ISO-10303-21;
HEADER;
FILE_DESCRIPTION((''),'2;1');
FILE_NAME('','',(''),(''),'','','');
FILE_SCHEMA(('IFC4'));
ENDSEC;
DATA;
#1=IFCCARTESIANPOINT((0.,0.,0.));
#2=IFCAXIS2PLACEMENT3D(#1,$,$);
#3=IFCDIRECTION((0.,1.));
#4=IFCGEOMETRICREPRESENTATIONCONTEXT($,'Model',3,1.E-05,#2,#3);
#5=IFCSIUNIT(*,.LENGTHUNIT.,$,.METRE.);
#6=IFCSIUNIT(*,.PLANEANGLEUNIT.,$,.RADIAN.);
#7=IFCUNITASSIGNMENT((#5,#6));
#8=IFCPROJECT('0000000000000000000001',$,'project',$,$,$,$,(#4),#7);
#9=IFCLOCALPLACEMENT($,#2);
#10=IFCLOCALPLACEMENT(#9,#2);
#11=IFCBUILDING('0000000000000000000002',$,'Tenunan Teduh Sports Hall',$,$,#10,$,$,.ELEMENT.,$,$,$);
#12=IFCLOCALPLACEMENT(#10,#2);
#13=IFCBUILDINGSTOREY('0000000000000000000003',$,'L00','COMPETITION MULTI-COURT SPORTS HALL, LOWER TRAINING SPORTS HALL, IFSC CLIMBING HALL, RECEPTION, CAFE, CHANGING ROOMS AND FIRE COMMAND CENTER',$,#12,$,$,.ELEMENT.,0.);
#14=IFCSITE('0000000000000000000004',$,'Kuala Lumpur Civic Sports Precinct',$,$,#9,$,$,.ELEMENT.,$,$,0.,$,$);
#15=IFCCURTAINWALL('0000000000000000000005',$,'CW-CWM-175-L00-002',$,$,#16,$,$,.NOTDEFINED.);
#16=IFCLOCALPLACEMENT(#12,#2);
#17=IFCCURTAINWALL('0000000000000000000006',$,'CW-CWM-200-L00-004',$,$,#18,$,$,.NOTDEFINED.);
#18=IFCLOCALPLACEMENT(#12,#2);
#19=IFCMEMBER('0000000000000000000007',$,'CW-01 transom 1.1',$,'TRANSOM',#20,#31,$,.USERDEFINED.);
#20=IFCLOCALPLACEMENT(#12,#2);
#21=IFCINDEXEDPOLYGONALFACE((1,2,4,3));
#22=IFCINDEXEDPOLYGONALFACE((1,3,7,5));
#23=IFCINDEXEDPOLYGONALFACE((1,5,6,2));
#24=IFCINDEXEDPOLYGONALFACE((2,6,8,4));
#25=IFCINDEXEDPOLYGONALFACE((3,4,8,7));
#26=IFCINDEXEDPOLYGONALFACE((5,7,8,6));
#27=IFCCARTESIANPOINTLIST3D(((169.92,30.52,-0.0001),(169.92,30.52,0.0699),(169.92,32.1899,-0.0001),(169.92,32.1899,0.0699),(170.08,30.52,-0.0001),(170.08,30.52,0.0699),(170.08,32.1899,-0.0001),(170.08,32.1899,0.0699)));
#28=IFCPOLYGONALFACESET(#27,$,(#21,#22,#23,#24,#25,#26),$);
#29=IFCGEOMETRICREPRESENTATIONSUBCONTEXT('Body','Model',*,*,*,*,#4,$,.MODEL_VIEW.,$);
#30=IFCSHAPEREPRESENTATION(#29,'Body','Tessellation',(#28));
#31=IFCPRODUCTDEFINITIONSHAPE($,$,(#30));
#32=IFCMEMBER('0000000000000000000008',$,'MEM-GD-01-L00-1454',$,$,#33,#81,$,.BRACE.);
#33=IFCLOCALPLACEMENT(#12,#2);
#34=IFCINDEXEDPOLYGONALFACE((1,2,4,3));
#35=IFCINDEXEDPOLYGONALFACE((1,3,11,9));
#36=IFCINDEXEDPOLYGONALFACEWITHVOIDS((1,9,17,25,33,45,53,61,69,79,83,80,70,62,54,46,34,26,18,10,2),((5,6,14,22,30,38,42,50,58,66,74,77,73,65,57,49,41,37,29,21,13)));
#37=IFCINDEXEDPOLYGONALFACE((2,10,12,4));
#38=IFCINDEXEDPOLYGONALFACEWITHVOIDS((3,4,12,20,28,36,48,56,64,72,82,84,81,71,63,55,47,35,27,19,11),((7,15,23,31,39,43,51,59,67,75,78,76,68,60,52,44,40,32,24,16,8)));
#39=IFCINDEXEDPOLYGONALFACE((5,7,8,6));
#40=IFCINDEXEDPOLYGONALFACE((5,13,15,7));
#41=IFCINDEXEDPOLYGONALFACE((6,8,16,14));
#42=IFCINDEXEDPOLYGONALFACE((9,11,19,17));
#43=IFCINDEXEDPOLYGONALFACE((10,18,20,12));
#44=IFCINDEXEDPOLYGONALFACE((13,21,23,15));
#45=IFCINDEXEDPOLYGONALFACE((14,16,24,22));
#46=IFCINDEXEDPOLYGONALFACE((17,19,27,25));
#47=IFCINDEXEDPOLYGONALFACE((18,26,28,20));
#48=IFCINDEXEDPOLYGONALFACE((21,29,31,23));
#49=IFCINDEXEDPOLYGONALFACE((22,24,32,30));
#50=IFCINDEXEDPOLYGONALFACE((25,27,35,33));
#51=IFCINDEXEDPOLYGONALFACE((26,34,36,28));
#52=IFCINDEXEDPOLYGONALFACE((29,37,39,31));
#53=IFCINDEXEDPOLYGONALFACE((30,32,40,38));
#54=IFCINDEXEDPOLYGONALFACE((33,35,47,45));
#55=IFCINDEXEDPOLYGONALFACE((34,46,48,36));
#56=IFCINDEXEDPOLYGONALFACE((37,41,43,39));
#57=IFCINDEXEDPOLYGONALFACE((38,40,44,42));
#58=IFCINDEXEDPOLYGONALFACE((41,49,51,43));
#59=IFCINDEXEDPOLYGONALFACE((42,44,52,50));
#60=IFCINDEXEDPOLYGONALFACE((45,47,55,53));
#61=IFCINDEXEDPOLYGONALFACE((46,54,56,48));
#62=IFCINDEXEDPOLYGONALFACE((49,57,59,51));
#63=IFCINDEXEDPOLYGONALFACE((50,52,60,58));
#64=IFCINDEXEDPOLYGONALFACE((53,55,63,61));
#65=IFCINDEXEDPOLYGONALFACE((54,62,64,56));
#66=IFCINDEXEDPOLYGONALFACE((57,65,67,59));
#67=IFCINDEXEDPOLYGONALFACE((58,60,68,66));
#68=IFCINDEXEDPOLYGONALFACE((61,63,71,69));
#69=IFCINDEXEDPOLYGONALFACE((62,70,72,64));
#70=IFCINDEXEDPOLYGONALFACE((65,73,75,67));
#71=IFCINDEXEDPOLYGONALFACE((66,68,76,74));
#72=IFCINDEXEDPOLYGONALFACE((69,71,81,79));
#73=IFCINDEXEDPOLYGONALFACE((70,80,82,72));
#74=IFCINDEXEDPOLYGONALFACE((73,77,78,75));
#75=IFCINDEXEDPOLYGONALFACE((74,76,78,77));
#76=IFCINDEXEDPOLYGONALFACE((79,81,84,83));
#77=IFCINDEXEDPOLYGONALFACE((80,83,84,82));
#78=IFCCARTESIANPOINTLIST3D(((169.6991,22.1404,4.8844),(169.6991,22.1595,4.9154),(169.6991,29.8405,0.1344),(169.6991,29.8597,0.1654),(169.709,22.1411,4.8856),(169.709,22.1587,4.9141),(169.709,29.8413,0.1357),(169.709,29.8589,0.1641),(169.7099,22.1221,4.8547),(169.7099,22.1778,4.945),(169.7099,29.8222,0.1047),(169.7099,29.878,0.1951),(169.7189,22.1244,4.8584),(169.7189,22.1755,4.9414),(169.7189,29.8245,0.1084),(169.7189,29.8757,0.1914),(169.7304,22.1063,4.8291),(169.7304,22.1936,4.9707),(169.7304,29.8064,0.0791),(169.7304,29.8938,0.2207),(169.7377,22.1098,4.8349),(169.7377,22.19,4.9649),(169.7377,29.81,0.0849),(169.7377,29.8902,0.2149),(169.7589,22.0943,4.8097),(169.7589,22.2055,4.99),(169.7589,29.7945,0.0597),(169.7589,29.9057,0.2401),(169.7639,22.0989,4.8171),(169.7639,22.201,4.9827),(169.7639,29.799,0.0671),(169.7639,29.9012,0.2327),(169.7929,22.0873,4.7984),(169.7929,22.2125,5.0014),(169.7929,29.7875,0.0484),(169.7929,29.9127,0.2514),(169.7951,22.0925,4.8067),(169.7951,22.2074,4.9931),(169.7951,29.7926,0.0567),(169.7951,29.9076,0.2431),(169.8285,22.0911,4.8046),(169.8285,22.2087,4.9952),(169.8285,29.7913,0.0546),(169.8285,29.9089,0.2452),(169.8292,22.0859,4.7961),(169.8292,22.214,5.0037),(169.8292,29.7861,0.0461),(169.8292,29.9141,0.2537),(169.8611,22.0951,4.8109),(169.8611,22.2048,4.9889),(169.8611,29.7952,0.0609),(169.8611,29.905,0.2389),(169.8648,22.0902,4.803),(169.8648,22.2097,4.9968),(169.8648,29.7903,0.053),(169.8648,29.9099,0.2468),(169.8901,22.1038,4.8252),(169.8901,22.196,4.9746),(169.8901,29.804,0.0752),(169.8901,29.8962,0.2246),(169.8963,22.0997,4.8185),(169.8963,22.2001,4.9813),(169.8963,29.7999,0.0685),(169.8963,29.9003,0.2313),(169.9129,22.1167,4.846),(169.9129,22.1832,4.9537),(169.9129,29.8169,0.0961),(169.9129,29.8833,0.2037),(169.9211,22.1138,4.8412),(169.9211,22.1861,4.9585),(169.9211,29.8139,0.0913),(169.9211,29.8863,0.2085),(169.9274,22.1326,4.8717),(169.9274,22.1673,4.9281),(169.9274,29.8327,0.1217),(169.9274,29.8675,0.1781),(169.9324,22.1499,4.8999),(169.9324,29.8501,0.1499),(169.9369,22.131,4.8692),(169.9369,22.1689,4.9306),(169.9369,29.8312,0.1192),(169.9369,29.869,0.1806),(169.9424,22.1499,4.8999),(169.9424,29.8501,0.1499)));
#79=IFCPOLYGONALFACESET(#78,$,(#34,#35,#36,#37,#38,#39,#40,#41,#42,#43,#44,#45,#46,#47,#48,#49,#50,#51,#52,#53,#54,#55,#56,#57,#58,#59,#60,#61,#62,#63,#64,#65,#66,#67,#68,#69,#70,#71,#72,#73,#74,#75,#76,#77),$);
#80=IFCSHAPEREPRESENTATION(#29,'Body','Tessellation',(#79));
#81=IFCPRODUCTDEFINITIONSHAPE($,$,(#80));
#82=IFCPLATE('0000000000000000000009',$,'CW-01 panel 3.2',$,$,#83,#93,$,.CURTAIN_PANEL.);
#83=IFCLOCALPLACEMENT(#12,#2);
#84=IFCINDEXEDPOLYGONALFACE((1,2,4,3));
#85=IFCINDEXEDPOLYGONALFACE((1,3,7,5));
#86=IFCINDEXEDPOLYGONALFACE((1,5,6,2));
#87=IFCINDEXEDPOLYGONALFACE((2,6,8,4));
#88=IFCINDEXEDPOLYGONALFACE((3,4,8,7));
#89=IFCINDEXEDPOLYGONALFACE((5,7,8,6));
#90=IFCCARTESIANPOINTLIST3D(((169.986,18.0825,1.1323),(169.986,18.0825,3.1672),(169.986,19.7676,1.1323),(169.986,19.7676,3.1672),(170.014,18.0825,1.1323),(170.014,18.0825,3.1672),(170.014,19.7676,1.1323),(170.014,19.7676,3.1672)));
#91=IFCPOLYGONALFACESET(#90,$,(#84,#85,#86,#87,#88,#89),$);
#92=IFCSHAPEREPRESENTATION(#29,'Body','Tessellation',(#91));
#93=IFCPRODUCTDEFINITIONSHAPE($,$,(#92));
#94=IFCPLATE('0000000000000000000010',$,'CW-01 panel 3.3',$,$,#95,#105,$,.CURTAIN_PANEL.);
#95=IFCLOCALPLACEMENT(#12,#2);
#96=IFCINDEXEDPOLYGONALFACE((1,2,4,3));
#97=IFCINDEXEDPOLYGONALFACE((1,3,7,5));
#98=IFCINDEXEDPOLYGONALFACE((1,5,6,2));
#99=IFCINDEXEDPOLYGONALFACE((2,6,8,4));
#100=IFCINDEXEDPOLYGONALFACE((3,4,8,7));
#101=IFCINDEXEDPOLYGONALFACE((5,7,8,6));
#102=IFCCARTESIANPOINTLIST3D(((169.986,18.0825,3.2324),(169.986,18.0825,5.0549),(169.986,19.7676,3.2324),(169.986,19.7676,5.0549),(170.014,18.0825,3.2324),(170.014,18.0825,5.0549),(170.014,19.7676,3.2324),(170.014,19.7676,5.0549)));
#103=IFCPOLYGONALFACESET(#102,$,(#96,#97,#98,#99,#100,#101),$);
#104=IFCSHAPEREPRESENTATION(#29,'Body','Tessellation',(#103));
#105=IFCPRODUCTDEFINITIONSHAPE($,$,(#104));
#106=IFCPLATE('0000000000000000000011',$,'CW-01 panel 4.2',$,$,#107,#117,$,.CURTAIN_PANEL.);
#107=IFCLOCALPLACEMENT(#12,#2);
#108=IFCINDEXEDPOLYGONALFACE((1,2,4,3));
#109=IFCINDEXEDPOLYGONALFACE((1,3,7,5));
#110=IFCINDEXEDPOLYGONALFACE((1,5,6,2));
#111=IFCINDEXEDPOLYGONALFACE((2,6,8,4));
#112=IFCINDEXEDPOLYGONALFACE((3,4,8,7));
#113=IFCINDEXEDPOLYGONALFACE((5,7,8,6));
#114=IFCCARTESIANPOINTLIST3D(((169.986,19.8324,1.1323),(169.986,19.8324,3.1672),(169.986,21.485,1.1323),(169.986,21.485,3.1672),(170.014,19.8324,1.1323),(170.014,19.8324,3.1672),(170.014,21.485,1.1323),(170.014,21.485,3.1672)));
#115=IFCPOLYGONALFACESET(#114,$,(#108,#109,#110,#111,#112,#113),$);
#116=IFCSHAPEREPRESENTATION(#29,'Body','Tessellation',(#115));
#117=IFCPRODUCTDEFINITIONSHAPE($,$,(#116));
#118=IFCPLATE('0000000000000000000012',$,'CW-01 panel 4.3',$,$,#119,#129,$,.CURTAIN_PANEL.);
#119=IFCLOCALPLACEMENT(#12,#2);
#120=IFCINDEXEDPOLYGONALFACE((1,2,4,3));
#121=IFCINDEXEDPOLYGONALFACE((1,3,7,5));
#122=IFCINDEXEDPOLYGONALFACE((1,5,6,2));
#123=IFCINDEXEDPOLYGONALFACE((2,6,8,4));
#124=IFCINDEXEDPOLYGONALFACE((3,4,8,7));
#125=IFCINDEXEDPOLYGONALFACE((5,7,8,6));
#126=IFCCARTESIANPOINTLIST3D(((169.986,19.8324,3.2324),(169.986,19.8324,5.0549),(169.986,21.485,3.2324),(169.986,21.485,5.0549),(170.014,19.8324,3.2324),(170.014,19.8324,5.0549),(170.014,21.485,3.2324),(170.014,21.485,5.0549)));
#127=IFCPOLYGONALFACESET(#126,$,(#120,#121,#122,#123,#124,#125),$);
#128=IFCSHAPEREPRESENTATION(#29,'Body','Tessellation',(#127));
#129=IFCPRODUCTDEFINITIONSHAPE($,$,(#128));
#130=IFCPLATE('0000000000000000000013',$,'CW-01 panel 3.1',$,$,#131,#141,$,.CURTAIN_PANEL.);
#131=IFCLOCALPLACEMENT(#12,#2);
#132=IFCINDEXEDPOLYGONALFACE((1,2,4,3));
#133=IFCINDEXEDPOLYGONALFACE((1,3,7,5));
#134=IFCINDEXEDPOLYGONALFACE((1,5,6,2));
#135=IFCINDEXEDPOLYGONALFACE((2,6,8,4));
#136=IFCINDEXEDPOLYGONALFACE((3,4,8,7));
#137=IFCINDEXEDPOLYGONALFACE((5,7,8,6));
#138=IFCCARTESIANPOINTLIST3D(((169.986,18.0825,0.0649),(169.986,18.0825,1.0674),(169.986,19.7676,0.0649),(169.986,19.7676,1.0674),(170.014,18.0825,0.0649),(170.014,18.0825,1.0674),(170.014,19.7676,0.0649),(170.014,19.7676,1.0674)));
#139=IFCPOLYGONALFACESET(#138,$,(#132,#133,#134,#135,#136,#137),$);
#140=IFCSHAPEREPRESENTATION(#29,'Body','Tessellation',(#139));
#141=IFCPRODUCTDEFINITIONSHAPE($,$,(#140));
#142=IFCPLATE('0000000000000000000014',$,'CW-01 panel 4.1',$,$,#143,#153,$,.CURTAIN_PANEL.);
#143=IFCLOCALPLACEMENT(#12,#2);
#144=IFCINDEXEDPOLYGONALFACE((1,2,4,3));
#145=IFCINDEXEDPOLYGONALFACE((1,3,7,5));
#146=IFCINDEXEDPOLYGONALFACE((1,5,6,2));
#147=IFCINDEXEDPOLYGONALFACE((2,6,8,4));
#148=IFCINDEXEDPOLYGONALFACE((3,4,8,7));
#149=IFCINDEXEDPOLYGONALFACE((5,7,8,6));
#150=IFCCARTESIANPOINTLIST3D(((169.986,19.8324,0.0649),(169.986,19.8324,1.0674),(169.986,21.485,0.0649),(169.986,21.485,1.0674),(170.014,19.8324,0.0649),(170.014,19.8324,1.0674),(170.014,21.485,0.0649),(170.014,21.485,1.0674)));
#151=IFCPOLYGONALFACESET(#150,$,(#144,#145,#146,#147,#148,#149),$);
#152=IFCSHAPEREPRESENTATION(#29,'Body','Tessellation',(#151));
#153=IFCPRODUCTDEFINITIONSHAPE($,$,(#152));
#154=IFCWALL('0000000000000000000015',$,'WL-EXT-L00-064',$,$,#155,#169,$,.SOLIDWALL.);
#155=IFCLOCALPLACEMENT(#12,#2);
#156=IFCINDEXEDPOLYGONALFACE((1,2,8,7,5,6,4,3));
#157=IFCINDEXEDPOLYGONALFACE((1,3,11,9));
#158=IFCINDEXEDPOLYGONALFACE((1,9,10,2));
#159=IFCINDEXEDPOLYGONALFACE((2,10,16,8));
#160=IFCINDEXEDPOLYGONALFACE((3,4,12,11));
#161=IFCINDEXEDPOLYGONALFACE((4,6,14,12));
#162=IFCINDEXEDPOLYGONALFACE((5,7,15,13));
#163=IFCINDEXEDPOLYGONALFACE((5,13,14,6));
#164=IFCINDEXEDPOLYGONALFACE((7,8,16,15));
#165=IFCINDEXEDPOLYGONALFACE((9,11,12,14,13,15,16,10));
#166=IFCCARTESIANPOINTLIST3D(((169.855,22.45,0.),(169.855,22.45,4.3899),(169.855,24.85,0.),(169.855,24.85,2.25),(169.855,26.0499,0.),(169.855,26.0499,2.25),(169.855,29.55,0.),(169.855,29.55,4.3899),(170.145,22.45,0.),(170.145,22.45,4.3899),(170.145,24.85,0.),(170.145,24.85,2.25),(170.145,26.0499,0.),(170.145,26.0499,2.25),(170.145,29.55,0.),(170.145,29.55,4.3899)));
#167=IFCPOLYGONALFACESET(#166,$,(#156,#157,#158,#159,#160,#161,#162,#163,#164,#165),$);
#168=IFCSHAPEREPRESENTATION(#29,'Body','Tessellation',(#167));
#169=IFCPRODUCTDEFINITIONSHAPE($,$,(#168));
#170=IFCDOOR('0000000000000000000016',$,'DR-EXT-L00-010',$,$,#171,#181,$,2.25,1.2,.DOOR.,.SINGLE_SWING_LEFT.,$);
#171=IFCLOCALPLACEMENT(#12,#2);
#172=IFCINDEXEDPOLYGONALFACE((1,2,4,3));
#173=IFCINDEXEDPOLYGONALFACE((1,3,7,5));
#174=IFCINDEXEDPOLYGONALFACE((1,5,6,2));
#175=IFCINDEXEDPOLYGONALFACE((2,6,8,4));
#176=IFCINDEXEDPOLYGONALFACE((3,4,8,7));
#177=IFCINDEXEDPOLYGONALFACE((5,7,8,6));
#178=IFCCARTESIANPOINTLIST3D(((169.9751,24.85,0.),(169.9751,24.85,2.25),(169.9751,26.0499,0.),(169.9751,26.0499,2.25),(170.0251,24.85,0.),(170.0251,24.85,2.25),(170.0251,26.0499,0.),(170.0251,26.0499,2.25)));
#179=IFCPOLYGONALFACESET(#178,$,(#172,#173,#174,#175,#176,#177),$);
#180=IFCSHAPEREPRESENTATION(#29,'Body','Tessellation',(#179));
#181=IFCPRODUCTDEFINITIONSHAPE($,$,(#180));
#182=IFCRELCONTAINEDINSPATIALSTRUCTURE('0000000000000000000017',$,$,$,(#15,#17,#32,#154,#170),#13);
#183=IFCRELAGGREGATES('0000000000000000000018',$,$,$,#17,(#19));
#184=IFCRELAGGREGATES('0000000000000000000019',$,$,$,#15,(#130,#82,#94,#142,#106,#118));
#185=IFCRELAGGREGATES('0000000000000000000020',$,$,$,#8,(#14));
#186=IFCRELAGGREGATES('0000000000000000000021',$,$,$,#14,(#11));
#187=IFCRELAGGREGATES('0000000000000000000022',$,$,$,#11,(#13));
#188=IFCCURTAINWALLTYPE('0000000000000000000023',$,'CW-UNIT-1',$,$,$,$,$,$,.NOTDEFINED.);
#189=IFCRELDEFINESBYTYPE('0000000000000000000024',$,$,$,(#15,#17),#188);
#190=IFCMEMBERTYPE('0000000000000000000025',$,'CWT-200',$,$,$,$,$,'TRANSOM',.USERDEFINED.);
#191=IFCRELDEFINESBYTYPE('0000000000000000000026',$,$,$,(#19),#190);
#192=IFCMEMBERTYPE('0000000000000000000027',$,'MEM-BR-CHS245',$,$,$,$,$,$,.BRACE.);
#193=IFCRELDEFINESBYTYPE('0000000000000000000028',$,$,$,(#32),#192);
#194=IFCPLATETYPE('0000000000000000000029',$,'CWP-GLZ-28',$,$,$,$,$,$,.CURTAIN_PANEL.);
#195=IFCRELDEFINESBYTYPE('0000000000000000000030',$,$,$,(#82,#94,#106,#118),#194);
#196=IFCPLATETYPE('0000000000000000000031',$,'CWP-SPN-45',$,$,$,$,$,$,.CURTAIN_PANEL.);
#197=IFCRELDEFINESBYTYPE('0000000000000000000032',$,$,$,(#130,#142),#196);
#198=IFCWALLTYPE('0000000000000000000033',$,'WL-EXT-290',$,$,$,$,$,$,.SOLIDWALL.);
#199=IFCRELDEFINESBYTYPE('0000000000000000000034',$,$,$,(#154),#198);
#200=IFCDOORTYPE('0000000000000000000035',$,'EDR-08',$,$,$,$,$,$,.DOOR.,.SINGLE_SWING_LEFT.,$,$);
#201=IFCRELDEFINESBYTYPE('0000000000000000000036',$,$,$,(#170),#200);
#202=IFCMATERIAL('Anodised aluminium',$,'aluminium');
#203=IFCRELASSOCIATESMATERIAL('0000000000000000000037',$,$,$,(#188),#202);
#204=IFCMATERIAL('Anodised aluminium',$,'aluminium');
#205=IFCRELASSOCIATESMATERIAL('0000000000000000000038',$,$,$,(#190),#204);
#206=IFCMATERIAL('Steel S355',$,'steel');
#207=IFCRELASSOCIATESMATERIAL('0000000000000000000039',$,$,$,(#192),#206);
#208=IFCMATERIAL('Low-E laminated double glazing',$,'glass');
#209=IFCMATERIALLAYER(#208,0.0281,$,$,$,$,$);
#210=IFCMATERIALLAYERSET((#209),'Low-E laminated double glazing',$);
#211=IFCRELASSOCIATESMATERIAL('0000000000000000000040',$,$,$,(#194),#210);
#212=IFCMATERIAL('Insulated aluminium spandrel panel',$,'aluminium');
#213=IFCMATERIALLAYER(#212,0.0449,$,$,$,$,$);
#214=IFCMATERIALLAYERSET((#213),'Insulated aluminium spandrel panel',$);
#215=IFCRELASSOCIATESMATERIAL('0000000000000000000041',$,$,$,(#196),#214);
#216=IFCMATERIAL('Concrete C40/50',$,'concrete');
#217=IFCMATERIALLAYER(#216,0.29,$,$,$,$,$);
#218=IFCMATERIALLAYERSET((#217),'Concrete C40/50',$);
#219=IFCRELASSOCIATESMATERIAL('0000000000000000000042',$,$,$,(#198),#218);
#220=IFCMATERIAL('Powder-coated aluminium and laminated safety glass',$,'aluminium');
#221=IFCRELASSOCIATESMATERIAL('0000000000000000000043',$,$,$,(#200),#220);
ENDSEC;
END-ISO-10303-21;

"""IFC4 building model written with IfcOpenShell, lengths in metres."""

from ifc_helpers import new_model, si_unit, direction, frame, frame_2d, origin, origin_2d, place, context, subcontext, project, spatial, rectangle, hollow_circle, extrude, material, layer, layer_set, material_profile, profile_set, type_object, element, fill, aggregate, save


model = new_model("IFC4")

# Units and contexts
model_context = context("Model", 3, precision=1e-05, world=origin(), true_north=direction((0.0, 1.0)))
body_context = subcontext(model_context, "Body", "Model", "MODEL_VIEW")
ifc_project = project(units=[si_unit("LENGTHUNIT", "METRE"), si_unit("PLANEANGLEUNIT", "RADIAN")], contexts=[model_context])

# Site, building, storey
site_placement = place(None, origin())
site = spatial("IfcSite", under=ifc_project, at=site_placement, Name="Kuala Lumpur Civic Sports Precinct", CompositionType="ELEMENT", RefElevation=0.0)
building_placement = place(site_placement, origin())
building = spatial("IfcBuilding", under=site, at=building_placement, Name="Tenunan Teduh Sports Hall", CompositionType="ELEMENT")
storey_placement = place(building_placement, origin())
storey = spatial("IfcBuildingStorey", under=building, at=storey_placement, Name="L00", Description="COMPETITION MULTI-COURT SPORTS HALL, LOWER TRAINING SPORTS HALL, IFSC CLIMBING HALL, RECEPTION, CAFE, CHANGING ROOMS AND FIRE COMMAND CENTER", CompositionType="ELEMENT", Elevation=0.0)

# Curtain wall
ifc_material_1 = material(Name="Anodised aluminium", Category="aluminium")
curtain_wall_type = type_object("IfcCurtainWallType", Name="CW-UNIT-1", PredefinedType="NOTDEFINED", material=ifc_material_1)
curtain_wall_1_placement = place(storey_placement, origin())
curtain_wall_1 = element("IfcCurtainWall", 1, at=curtain_wall_1_placement, inside=storey, type_object=curtain_wall_type, Name="CW-CWM-175-L00-002", PredefinedType="NOTDEFINED")

# Curtain wall
curtain_wall_2_placement = place(storey_placement, origin())
curtain_wall_2 = element("IfcCurtainWall", 2, at=curtain_wall_2_placement, inside=storey, type_object=curtain_wall_type, Name="CW-CWM-200-L00-004", PredefinedType="NOTDEFINED")

# Members
ifc_material_2 = material(Name="Anodised aluminium", Category="aluminium")
ifc_material_profile_1 = material_profile(ifc_material_2, rectangle(XDim=0.0701, YDim=0.1599, at=origin_2d()), Name="CWT 70x160")
ifc_profile_set_1 = profile_set([ifc_material_profile_1], Name="Anodised aluminium")
member_type_1 = type_object("IfcMemberType", Name="CWT-200", ElementType="TRANSOM", PredefinedType="USERDEFINED", material=ifc_profile_set_1)
member_1_placement = place(storey_placement, frame((170.0, 30.52, 0.0349), z_axis=(0.0, 1.0, 0.0), x_axis=(0.0, 0.0, 1.0)))
member_1 = element("IfcMember", 3, at=member_1_placement, type_object=member_type_1, Name="CW-01 transom 1.1", ObjectType="TRANSOM", PredefinedType="USERDEFINED", context=body_context, shape_type="SweptSolid", body=[
    extrude(rectangle(XDim=0.0701, YDim=0.1599, at=origin_2d()), origin(), (0.0, 0.0, 1.0), 1.6699),
])
aggregate(curtain_wall_2, [member_1])
ifc_material_3 = material(Name="Steel S355", Category="steel")
ifc_material_profile_2 = material_profile(ifc_material_3, hollow_circle(Radius=0.1223, WallThickness=0.01, at=origin_2d()), Name="CHS 244.5x10.0")
ifc_profile_set_2 = profile_set([ifc_material_profile_2], Name="Steel S355")
member_type_2 = type_object("IfcMemberType", Name="MEM-BR-CHS245", PredefinedType="BRACE", material=ifc_profile_set_2)
member_2_placement = place(storey_placement, frame((169.8201, 29.8501, 0.1499), z_axis=(0.0, -0.851095, 0.525013), x_axis=(1.0, 0.0, 0.0)))
element("IfcMember", 4, at=member_2_placement, inside=storey, type_object=member_type_2, Name="MEM-GD-01-L00-1454", PredefinedType="BRACE", context=body_context, shape_type="SweptSolid", body=[
    extrude(hollow_circle(Radius=0.1223, WallThickness=0.01, at=origin_2d()), origin(), (0.0, 0.0, 1.0), 9.0474),
])

# Plates
ifc_material_4 = material(Name="Low-E laminated double glazing", Category="glass")
ifc_layer_1 = layer(ifc_material_4, 0.0281)
ifc_layer_set_1 = layer_set([ifc_layer_1], Name="Low-E laminated double glazing")
plate_type_1 = type_object("IfcPlateType", Name="CWP-GLZ-28", PredefinedType="CURTAIN_PANEL", material=ifc_layer_set_1)
plate_1_placement = place(storey_placement, frame((170.0, 18.925, 1.1323), z_axis=(0.0, 0.0, 1.0), x_axis=(0.0, 1.0, 0.0)))
plate_1 = element("IfcPlate", 5, at=plate_1_placement, type_object=plate_type_1, Name="CW-01 panel 3.2", PredefinedType="CURTAIN_PANEL", context=body_context, shape_type="SweptSolid", body=[
    extrude(rectangle(XDim=1.6851, YDim=0.0281, at=origin_2d()), origin(), (0.0, 0.0, 1.0), 2.0349),
])
plate_2_placement = place(storey_placement, frame((170.0, 18.925, 3.2324), z_axis=(0.0, 0.0, 1.0), x_axis=(0.0, 1.0, 0.0)))
plate_2 = element("IfcPlate", 6, at=plate_2_placement, type_object=plate_type_1, Name="CW-01 panel 3.3", PredefinedType="CURTAIN_PANEL", context=body_context, shape_type="SweptSolid", body=[
    extrude(rectangle(XDim=1.6851, YDim=0.0281, at=origin_2d()), origin(), (0.0, 0.0, 1.0), 1.8225),
])
plate_3_placement = place(storey_placement, frame((170.0, 20.6587, 1.1323), z_axis=(0.0, 0.0, 1.0), x_axis=(0.0, 1.0, 0.0)))
plate_3 = element("IfcPlate", 7, at=plate_3_placement, type_object=plate_type_1, Name="CW-01 panel 4.2", PredefinedType="CURTAIN_PANEL", context=body_context, shape_type="SweptSolid", body=[
    extrude(rectangle(XDim=1.6526, YDim=0.0281, at=origin_2d()), origin(), (0.0, 0.0, 1.0), 2.0349),
])
plate_4_placement = place(storey_placement, frame((170.0, 20.6587, 3.2324), z_axis=(0.0, 0.0, 1.0), x_axis=(0.0, 1.0, 0.0)))
plate_4 = element("IfcPlate", 8, at=plate_4_placement, type_object=plate_type_1, Name="CW-01 panel 4.3", PredefinedType="CURTAIN_PANEL", context=body_context, shape_type="SweptSolid", body=[
    extrude(rectangle(XDim=1.6526, YDim=0.0281, at=origin_2d()), origin(), (0.0, 0.0, 1.0), 1.8225),
])
ifc_material_5 = material(Name="Insulated aluminium spandrel panel", Category="aluminium")
ifc_layer_2 = layer(ifc_material_5, 0.0449)
ifc_layer_set_2 = layer_set([ifc_layer_2], Name="Insulated aluminium spandrel panel")
plate_type_2 = type_object("IfcPlateType", Name="CWP-SPN-45", PredefinedType="CURTAIN_PANEL", material=ifc_layer_set_2)
plate_5_placement = place(storey_placement, frame((170.0, 18.925, 0.0649), z_axis=(0.0, 0.0, 1.0), x_axis=(0.0, 1.0, 0.0)))
plate_5 = element("IfcPlate", 9, at=plate_5_placement, type_object=plate_type_2, Name="CW-01 panel 3.1", PredefinedType="CURTAIN_PANEL", context=body_context, shape_type="SweptSolid", body=[
    extrude(rectangle(XDim=1.6851, YDim=0.0281, at=origin_2d()), origin(), (0.0, 0.0, 1.0), 1.0024),
])
plate_6_placement = place(storey_placement, frame((170.0, 20.6587, 0.0649), z_axis=(0.0, 0.0, 1.0), x_axis=(0.0, 1.0, 0.0)))
plate_6 = element("IfcPlate", 10, at=plate_6_placement, type_object=plate_type_2, Name="CW-01 panel 4.1", PredefinedType="CURTAIN_PANEL", context=body_context, shape_type="SweptSolid", body=[
    extrude(rectangle(XDim=1.6526, YDim=0.0281, at=origin_2d()), origin(), (0.0, 0.0, 1.0), 1.0024),
])
aggregate(curtain_wall_1, [plate_5, plate_1, plate_2, plate_6, plate_3, plate_4])

# Wall, opening, door
ifc_material_6 = material(Name="Concrete C40/50", Category="concrete")
ifc_layer_3 = layer(ifc_material_6, 0.29)
ifc_layer_set_3 = layer_set([ifc_layer_3], Name="Concrete C40/50")
wall_type = type_object("IfcWallType", Name="WL-EXT-290", PredefinedType="SOLIDWALL", material=ifc_layer_set_3)
wall_placement = place(storey_placement, frame((170.0, 22.45, 0.0), z_axis=(0.0, 0.0, 1.0), x_axis=(0.0, 1.0, 0.0)))
wall = element("IfcWall", 11, at=wall_placement, inside=storey, type_object=wall_type, Name="WL-EXT-L00-064", PredefinedType="SOLIDWALL", context=body_context, shape_type="SweptSolid", body=[
    extrude(rectangle(XDim=7.1001, YDim=0.29, at=frame_2d((3.55, 0.0))), origin(), (0.0, 0.0, 1.0), 4.3899),
])
opening_placement = place(wall_placement, frame((2.3999, 0.0, 0.0)))
opening = element("IfcOpeningElement", 12, at=opening_placement, cuts=wall, PredefinedType="OPENING", context=body_context, shape_type="SweptSolid", body=[
    extrude(rectangle(XDim=1.2, YDim=2.25, at=frame_2d((0.6001, 1.125))), frame((0.0, 0.155, 0.0), z_axis=(0.0, -1.0, 0.0), x_axis=(1.0, 0.0, 0.0)), (0.0, 0.0, 1.0), 0.3101),
])
ifc_material_7 = material(Name="Powder-coated aluminium and laminated safety glass", Category="aluminium")
door_type = type_object("IfcDoorType", Name="EDR-08", OperationType="SINGLE_SWING_LEFT", PredefinedType="DOOR", material=ifc_material_7)
door_placement = place(opening_placement, origin())
door = element("IfcDoor", 13, at=door_placement, inside=storey, type_object=door_type, Name="DR-EXT-L00-010", OperationType="SINGLE_SWING_LEFT", OverallHeight=2.25, OverallWidth=1.2, PredefinedType="DOOR", context=body_context, shape_type="SweptSolid", body=[
    extrude(rectangle(XDim=1.2, YDim=2.25, at=frame_2d((0.6001, 1.125))), frame((0.0, 0.0249, 0.0), z_axis=(0.0, -1.0, 0.0), x_axis=(1.0, 0.0, 0.0)), (0.0, 0.0, 1.0), 0.05),
])
fill(opening, door)

save(model, "model.ifc")
